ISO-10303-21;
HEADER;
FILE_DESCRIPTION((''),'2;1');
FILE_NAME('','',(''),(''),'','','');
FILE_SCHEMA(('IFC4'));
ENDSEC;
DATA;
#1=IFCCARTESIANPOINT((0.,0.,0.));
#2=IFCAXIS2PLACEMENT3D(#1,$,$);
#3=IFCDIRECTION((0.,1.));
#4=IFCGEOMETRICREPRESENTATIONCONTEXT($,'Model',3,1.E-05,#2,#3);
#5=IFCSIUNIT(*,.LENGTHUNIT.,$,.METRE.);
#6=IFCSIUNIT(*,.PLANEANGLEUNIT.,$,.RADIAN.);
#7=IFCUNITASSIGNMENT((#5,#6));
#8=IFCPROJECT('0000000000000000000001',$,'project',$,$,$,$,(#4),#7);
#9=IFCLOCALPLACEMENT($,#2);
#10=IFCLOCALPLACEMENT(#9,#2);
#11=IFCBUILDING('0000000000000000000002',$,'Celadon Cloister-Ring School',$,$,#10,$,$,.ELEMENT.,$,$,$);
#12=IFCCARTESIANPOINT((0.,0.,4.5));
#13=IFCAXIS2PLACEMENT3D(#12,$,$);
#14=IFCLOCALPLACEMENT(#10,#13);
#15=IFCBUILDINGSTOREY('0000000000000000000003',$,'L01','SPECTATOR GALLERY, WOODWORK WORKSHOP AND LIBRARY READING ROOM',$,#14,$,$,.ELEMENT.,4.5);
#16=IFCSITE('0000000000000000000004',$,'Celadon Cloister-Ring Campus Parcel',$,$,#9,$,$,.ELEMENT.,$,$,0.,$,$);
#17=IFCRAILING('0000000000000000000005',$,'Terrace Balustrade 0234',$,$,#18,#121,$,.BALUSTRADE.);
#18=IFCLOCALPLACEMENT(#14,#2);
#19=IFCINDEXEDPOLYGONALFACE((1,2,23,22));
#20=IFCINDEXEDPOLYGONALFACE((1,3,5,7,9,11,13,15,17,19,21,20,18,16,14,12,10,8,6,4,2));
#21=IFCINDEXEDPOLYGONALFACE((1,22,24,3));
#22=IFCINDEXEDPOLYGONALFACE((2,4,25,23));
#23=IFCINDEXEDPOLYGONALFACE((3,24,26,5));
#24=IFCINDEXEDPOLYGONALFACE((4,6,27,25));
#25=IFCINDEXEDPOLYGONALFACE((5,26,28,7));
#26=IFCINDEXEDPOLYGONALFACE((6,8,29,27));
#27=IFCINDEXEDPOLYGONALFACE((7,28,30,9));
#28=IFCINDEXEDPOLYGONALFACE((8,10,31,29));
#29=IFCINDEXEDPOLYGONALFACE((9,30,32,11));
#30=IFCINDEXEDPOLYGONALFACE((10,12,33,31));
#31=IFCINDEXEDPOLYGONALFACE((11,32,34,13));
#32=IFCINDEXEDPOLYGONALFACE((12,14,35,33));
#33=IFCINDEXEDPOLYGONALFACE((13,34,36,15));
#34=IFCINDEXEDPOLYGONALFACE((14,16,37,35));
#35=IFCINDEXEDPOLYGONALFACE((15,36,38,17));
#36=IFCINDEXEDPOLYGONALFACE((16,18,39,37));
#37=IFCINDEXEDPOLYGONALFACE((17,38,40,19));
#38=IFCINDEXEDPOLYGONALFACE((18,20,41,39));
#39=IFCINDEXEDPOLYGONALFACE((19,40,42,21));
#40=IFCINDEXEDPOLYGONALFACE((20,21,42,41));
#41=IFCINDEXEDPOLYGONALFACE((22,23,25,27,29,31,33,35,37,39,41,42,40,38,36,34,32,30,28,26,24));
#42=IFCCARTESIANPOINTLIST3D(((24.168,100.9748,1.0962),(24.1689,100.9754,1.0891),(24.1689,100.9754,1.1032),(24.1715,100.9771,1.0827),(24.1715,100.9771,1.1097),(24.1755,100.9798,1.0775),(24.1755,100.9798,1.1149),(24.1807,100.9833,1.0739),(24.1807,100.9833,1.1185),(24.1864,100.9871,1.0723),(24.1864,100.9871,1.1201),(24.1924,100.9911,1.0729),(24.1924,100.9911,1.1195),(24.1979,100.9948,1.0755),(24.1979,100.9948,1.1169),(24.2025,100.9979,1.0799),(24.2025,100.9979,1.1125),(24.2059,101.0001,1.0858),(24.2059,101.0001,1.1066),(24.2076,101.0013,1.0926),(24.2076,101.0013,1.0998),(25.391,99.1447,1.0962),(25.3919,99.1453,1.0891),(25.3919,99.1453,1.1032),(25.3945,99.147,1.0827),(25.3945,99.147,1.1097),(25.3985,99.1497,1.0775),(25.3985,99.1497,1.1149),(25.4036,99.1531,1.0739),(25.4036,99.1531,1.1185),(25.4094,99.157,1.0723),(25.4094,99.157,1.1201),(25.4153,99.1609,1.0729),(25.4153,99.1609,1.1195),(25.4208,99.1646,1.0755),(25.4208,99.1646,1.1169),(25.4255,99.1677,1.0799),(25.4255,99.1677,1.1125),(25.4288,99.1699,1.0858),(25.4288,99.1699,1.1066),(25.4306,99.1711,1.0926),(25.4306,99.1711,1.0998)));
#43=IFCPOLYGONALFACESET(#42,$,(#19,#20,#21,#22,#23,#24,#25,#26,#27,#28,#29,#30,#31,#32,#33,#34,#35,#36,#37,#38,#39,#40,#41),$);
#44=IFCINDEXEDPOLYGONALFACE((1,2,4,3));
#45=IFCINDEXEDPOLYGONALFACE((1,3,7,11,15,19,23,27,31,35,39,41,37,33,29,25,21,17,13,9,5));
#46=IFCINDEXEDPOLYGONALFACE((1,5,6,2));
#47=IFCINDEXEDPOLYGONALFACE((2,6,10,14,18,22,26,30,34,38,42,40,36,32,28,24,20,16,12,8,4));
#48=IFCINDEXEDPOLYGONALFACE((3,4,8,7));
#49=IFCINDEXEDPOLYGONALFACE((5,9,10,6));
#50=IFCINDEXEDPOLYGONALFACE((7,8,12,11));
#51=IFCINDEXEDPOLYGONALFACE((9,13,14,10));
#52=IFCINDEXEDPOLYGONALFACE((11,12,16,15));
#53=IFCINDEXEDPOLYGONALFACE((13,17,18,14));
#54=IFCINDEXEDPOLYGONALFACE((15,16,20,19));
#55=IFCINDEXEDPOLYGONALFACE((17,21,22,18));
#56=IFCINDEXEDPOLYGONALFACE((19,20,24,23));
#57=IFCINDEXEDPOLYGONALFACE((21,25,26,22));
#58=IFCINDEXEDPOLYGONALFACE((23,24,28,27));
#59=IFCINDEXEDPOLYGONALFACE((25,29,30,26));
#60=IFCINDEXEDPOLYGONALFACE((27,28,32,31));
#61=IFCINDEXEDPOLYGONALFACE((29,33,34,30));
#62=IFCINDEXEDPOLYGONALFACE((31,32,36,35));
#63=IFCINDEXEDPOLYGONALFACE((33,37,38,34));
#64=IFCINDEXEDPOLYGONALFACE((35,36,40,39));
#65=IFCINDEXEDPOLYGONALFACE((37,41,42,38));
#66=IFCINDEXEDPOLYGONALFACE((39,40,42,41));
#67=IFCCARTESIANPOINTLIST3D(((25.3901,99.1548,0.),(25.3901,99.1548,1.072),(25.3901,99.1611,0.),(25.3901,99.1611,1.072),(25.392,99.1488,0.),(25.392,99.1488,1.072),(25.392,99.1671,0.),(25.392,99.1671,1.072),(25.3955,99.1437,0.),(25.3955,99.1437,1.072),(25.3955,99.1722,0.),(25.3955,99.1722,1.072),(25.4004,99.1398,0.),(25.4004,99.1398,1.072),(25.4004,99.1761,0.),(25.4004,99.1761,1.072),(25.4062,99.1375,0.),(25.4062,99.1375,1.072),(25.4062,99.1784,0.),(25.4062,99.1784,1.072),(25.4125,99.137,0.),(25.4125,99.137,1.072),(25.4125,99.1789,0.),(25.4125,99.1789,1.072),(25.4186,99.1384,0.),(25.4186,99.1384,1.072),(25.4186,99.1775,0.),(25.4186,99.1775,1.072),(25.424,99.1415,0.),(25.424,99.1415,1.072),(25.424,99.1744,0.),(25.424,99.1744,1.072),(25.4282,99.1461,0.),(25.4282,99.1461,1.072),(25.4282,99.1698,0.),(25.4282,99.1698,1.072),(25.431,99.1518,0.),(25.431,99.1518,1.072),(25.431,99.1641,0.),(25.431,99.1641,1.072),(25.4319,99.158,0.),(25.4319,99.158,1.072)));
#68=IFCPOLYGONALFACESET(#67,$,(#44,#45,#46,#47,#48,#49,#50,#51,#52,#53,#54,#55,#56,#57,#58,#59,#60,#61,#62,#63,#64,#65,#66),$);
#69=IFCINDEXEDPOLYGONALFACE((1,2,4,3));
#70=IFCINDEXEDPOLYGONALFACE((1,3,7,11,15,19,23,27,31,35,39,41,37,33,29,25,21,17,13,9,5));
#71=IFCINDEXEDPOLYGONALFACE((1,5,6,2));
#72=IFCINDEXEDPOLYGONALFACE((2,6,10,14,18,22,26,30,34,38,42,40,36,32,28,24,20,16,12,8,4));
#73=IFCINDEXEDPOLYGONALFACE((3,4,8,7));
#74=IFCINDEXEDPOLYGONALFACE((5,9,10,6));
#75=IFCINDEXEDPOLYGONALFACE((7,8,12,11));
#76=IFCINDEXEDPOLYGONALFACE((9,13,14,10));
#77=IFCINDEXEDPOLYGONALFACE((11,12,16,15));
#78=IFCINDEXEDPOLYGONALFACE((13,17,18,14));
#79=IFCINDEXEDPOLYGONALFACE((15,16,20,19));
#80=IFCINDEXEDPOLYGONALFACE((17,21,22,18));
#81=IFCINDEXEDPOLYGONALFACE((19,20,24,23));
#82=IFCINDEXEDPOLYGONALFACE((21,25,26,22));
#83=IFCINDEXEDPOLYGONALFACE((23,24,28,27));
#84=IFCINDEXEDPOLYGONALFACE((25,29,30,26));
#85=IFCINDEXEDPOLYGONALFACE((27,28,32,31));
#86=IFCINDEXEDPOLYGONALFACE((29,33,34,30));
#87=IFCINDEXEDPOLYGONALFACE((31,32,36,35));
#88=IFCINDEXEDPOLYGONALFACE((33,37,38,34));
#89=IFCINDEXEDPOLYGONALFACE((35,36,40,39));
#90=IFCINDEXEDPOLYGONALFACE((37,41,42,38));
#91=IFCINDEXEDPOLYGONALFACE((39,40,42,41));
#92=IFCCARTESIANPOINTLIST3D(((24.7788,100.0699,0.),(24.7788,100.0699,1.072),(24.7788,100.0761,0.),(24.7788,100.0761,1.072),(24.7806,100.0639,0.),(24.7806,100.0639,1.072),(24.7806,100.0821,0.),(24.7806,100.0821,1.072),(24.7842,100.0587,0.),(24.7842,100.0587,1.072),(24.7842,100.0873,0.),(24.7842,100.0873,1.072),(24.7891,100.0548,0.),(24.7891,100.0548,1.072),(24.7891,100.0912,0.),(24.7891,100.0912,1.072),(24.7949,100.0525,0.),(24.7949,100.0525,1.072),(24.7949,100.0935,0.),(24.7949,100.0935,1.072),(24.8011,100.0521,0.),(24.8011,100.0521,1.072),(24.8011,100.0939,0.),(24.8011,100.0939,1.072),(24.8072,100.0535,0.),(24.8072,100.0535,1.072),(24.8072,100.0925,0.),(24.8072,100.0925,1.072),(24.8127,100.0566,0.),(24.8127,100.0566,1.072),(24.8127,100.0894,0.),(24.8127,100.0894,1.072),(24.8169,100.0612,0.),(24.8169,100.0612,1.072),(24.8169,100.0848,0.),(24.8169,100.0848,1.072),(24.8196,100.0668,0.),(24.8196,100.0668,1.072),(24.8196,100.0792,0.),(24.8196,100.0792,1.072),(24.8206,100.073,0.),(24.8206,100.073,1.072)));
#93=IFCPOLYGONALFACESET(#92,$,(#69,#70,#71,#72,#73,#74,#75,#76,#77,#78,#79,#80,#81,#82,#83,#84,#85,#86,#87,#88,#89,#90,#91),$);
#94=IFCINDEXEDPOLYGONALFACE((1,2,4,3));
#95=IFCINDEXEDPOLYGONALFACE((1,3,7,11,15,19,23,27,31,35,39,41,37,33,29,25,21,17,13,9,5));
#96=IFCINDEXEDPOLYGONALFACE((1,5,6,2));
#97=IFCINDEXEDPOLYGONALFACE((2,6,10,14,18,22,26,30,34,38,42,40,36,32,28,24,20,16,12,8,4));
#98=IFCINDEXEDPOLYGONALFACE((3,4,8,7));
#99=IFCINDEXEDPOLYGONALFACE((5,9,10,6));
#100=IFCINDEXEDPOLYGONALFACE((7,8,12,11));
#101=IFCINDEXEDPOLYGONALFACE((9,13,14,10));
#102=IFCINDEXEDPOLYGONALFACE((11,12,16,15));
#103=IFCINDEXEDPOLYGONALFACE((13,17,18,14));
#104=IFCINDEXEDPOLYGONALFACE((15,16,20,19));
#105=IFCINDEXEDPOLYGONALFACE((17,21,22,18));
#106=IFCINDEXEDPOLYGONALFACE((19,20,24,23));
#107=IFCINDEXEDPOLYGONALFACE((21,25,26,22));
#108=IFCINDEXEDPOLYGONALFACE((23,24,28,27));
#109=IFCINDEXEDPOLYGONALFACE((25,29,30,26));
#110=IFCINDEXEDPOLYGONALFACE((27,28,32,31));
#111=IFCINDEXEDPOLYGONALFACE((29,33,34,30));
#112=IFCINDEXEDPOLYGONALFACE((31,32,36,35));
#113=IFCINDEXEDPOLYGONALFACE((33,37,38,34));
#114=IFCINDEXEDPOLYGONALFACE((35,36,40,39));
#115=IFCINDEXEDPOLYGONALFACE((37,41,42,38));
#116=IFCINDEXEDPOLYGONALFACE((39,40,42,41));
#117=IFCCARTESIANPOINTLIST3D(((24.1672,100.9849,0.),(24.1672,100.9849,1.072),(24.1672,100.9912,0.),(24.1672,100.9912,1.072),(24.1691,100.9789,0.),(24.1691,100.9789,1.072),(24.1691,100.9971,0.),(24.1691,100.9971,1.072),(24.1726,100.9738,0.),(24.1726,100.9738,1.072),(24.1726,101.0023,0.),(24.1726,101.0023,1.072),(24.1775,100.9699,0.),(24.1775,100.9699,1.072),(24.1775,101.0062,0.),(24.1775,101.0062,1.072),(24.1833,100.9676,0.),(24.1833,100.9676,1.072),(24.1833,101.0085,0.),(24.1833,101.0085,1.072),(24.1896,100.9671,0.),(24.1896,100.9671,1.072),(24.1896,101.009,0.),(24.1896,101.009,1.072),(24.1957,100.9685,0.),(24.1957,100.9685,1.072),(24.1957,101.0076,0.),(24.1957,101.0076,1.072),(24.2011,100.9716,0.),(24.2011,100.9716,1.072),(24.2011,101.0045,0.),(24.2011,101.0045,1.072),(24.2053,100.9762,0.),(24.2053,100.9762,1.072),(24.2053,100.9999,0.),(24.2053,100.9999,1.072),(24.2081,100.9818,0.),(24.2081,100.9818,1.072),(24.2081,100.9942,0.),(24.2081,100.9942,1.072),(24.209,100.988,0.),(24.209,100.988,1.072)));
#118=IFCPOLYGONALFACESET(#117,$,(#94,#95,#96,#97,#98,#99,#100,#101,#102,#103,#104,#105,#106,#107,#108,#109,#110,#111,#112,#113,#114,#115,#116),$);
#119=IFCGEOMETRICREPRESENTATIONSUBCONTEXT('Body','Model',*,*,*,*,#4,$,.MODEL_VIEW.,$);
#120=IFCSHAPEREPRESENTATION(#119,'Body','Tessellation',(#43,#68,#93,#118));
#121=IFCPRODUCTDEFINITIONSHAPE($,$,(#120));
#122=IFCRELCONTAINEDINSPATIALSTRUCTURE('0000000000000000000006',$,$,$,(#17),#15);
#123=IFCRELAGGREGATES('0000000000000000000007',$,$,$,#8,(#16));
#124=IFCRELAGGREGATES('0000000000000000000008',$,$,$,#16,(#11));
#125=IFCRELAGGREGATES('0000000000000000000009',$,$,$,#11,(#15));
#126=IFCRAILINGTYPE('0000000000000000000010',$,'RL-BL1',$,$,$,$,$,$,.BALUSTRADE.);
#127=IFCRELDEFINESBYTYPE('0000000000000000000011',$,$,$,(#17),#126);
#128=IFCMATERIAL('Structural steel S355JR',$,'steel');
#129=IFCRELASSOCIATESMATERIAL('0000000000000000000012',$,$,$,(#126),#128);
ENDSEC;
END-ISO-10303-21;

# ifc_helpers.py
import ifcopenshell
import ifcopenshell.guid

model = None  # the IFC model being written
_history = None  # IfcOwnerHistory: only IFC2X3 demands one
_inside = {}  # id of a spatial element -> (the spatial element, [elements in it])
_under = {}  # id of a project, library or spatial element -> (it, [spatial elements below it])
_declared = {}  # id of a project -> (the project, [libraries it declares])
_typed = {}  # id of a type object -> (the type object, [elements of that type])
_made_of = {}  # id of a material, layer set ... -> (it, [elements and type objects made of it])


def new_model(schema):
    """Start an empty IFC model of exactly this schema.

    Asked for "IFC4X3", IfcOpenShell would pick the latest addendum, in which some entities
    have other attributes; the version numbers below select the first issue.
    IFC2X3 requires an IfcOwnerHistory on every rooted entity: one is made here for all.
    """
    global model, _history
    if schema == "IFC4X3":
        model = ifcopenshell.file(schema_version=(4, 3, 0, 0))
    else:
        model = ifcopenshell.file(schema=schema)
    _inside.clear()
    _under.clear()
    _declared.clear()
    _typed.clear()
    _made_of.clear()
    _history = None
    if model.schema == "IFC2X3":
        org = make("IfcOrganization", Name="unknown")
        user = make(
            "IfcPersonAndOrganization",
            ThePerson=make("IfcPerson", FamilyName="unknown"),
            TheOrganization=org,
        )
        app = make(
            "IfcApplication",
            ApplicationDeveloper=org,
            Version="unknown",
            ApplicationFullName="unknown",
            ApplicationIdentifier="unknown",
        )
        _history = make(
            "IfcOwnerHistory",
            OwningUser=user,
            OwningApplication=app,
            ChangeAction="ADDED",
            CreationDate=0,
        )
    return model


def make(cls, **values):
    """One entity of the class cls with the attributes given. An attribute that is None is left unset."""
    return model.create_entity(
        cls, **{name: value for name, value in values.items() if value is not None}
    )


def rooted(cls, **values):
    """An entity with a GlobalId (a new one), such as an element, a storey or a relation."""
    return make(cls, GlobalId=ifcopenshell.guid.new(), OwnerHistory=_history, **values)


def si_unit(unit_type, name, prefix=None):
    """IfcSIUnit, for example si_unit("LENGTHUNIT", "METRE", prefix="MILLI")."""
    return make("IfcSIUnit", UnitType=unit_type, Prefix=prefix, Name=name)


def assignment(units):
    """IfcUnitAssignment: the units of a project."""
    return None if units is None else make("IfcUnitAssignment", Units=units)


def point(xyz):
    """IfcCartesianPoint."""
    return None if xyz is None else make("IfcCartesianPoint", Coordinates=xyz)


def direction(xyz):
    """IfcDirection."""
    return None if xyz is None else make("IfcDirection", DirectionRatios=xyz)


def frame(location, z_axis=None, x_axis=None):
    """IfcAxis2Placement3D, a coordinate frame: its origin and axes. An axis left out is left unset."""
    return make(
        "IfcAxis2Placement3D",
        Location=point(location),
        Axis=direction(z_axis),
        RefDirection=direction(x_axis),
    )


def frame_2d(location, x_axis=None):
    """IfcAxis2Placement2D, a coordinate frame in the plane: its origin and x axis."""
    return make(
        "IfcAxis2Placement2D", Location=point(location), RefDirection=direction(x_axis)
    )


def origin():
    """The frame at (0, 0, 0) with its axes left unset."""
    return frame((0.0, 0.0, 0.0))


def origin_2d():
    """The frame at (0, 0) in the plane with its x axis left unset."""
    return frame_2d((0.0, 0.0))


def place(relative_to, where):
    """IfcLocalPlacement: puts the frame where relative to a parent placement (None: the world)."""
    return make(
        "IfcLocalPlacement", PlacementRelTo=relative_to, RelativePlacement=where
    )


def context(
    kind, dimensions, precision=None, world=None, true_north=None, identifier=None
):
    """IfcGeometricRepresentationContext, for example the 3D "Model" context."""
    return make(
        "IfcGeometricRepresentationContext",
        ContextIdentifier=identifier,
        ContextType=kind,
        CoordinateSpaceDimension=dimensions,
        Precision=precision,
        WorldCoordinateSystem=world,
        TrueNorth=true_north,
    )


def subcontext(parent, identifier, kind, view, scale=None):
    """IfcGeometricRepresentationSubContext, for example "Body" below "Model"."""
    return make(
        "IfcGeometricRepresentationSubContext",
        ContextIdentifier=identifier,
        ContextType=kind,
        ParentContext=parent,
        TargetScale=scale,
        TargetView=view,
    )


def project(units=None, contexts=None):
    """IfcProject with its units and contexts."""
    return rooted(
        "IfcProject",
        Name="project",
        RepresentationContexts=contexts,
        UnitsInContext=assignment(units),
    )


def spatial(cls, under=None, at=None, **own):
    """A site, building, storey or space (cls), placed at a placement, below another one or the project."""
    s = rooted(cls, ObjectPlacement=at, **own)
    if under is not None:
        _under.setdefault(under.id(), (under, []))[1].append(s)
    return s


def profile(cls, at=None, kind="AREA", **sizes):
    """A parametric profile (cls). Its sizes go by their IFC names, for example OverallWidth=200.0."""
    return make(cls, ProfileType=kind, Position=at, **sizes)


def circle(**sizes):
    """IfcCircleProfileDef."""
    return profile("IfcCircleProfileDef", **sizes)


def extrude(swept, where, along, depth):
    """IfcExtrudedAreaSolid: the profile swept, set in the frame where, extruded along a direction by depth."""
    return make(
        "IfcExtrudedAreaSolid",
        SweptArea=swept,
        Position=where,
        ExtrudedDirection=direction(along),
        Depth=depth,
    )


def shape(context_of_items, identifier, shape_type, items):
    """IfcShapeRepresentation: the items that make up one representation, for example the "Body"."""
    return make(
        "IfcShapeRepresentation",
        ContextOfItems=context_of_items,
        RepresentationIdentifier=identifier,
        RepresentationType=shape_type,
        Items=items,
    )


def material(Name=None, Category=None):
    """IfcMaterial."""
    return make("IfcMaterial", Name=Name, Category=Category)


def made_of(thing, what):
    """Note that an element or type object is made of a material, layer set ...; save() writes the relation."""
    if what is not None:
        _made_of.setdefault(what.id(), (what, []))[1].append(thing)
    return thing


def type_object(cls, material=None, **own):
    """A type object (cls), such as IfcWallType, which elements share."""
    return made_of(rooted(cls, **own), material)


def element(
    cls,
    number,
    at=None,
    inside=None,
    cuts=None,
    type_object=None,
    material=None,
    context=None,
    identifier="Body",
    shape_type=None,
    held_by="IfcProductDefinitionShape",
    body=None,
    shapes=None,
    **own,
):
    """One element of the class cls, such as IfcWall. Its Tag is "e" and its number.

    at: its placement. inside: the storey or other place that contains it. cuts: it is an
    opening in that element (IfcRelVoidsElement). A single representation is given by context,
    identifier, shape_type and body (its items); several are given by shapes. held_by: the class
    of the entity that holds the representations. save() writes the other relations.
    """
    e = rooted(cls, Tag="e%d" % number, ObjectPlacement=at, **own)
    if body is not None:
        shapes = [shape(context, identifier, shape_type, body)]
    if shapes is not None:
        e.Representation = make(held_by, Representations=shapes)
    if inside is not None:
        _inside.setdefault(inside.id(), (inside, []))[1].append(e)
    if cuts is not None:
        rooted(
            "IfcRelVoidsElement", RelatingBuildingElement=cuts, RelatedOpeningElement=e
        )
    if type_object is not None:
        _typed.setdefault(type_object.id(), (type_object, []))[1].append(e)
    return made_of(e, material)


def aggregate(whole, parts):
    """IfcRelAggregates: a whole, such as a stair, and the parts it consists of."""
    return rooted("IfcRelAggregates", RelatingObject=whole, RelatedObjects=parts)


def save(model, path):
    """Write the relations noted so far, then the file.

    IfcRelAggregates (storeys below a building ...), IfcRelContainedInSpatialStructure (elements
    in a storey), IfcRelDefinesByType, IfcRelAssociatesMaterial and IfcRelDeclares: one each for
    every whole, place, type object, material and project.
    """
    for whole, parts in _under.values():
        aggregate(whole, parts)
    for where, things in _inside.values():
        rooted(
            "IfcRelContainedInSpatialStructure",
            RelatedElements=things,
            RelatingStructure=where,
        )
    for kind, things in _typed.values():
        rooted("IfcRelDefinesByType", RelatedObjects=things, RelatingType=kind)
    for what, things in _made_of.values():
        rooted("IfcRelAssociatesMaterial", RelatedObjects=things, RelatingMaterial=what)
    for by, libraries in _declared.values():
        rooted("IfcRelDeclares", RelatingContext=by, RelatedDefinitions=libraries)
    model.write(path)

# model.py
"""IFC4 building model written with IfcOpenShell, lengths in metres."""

from ifc_helpers import new_model, si_unit, direction, frame, origin, origin_2d, place, context, subcontext, project, spatial, circle, extrude, material, type_object, element, save


model = new_model("IFC4")

# Units and contexts
model_context = context("Model", 3, precision=1e-05, world=origin(), true_north=direction((0.0, 1.0)))
body_context = subcontext(model_context, "Body", "Model", "MODEL_VIEW")
ifc_project = project(units=[si_unit("LENGTHUNIT", "METRE"), si_unit("PLANEANGLEUNIT", "RADIAN")], contexts=[model_context])

# Site, building, storey
site_placement = place(None, origin())
site = spatial("IfcSite", under=ifc_project, at=site_placement, Name="Celadon Cloister-Ring Campus Parcel", CompositionType="ELEMENT", RefElevation=0.0)
building_placement = place(site_placement, origin())
building = spatial("IfcBuilding", under=site, at=building_placement, Name="Celadon Cloister-Ring School", CompositionType="ELEMENT")
storey_placement = place(building_placement, frame((0.0, 0.0, 4.5)))
storey = spatial("IfcBuildingStorey", under=building, at=storey_placement, Name="L01", Description="SPECTATOR GALLERY, WOODWORK WORKSHOP AND LIBRARY READING ROOM", CompositionType="ELEMENT", Elevation=4.5)

# Railing
ifc_material_1 = material(Name="Structural steel S355JR", Category="steel")
railing_type = type_object("IfcRailingType", Name="RL-BL1", PredefinedType="BALUSTRADE", material=ifc_material_1)
railing_1_placement = place(storey_placement, frame((25.4109, 99.158, 0.0)))
element("IfcRailing", 1, at=railing_1_placement, inside=storey, type_object=railing_type, Name="Terrace Balustrade 0234", PredefinedType="BALUSTRADE", context=body_context, shape_type="SweptSolid", body=[
    extrude(circle(Radius=0.0239, at=origin_2d()), frame((0.0, 0.0, 1.0962), z_axis=(-0.555596, 0.831453, 0.0), x_axis=(-0.831453, -0.555596, 0.0)), (0.0, 0.0, 1.0), 2.2012),
    extrude(circle(Radius=0.021, at=origin_2d()), origin(), (0.0, 0.0, 1.0), 1.072),
    extrude(circle(Radius=0.021, at=origin_2d()), frame((-0.6113, 0.915, 0.0)), (0.0, 0.0, 1.0), 1.072),
    extrude(circle(Radius=0.021, at=origin_2d()), frame((-1.2229, 1.8301, 0.0)), (0.0, 0.0, 1.0), 1.072),
])

save(model, "model.ifc")
